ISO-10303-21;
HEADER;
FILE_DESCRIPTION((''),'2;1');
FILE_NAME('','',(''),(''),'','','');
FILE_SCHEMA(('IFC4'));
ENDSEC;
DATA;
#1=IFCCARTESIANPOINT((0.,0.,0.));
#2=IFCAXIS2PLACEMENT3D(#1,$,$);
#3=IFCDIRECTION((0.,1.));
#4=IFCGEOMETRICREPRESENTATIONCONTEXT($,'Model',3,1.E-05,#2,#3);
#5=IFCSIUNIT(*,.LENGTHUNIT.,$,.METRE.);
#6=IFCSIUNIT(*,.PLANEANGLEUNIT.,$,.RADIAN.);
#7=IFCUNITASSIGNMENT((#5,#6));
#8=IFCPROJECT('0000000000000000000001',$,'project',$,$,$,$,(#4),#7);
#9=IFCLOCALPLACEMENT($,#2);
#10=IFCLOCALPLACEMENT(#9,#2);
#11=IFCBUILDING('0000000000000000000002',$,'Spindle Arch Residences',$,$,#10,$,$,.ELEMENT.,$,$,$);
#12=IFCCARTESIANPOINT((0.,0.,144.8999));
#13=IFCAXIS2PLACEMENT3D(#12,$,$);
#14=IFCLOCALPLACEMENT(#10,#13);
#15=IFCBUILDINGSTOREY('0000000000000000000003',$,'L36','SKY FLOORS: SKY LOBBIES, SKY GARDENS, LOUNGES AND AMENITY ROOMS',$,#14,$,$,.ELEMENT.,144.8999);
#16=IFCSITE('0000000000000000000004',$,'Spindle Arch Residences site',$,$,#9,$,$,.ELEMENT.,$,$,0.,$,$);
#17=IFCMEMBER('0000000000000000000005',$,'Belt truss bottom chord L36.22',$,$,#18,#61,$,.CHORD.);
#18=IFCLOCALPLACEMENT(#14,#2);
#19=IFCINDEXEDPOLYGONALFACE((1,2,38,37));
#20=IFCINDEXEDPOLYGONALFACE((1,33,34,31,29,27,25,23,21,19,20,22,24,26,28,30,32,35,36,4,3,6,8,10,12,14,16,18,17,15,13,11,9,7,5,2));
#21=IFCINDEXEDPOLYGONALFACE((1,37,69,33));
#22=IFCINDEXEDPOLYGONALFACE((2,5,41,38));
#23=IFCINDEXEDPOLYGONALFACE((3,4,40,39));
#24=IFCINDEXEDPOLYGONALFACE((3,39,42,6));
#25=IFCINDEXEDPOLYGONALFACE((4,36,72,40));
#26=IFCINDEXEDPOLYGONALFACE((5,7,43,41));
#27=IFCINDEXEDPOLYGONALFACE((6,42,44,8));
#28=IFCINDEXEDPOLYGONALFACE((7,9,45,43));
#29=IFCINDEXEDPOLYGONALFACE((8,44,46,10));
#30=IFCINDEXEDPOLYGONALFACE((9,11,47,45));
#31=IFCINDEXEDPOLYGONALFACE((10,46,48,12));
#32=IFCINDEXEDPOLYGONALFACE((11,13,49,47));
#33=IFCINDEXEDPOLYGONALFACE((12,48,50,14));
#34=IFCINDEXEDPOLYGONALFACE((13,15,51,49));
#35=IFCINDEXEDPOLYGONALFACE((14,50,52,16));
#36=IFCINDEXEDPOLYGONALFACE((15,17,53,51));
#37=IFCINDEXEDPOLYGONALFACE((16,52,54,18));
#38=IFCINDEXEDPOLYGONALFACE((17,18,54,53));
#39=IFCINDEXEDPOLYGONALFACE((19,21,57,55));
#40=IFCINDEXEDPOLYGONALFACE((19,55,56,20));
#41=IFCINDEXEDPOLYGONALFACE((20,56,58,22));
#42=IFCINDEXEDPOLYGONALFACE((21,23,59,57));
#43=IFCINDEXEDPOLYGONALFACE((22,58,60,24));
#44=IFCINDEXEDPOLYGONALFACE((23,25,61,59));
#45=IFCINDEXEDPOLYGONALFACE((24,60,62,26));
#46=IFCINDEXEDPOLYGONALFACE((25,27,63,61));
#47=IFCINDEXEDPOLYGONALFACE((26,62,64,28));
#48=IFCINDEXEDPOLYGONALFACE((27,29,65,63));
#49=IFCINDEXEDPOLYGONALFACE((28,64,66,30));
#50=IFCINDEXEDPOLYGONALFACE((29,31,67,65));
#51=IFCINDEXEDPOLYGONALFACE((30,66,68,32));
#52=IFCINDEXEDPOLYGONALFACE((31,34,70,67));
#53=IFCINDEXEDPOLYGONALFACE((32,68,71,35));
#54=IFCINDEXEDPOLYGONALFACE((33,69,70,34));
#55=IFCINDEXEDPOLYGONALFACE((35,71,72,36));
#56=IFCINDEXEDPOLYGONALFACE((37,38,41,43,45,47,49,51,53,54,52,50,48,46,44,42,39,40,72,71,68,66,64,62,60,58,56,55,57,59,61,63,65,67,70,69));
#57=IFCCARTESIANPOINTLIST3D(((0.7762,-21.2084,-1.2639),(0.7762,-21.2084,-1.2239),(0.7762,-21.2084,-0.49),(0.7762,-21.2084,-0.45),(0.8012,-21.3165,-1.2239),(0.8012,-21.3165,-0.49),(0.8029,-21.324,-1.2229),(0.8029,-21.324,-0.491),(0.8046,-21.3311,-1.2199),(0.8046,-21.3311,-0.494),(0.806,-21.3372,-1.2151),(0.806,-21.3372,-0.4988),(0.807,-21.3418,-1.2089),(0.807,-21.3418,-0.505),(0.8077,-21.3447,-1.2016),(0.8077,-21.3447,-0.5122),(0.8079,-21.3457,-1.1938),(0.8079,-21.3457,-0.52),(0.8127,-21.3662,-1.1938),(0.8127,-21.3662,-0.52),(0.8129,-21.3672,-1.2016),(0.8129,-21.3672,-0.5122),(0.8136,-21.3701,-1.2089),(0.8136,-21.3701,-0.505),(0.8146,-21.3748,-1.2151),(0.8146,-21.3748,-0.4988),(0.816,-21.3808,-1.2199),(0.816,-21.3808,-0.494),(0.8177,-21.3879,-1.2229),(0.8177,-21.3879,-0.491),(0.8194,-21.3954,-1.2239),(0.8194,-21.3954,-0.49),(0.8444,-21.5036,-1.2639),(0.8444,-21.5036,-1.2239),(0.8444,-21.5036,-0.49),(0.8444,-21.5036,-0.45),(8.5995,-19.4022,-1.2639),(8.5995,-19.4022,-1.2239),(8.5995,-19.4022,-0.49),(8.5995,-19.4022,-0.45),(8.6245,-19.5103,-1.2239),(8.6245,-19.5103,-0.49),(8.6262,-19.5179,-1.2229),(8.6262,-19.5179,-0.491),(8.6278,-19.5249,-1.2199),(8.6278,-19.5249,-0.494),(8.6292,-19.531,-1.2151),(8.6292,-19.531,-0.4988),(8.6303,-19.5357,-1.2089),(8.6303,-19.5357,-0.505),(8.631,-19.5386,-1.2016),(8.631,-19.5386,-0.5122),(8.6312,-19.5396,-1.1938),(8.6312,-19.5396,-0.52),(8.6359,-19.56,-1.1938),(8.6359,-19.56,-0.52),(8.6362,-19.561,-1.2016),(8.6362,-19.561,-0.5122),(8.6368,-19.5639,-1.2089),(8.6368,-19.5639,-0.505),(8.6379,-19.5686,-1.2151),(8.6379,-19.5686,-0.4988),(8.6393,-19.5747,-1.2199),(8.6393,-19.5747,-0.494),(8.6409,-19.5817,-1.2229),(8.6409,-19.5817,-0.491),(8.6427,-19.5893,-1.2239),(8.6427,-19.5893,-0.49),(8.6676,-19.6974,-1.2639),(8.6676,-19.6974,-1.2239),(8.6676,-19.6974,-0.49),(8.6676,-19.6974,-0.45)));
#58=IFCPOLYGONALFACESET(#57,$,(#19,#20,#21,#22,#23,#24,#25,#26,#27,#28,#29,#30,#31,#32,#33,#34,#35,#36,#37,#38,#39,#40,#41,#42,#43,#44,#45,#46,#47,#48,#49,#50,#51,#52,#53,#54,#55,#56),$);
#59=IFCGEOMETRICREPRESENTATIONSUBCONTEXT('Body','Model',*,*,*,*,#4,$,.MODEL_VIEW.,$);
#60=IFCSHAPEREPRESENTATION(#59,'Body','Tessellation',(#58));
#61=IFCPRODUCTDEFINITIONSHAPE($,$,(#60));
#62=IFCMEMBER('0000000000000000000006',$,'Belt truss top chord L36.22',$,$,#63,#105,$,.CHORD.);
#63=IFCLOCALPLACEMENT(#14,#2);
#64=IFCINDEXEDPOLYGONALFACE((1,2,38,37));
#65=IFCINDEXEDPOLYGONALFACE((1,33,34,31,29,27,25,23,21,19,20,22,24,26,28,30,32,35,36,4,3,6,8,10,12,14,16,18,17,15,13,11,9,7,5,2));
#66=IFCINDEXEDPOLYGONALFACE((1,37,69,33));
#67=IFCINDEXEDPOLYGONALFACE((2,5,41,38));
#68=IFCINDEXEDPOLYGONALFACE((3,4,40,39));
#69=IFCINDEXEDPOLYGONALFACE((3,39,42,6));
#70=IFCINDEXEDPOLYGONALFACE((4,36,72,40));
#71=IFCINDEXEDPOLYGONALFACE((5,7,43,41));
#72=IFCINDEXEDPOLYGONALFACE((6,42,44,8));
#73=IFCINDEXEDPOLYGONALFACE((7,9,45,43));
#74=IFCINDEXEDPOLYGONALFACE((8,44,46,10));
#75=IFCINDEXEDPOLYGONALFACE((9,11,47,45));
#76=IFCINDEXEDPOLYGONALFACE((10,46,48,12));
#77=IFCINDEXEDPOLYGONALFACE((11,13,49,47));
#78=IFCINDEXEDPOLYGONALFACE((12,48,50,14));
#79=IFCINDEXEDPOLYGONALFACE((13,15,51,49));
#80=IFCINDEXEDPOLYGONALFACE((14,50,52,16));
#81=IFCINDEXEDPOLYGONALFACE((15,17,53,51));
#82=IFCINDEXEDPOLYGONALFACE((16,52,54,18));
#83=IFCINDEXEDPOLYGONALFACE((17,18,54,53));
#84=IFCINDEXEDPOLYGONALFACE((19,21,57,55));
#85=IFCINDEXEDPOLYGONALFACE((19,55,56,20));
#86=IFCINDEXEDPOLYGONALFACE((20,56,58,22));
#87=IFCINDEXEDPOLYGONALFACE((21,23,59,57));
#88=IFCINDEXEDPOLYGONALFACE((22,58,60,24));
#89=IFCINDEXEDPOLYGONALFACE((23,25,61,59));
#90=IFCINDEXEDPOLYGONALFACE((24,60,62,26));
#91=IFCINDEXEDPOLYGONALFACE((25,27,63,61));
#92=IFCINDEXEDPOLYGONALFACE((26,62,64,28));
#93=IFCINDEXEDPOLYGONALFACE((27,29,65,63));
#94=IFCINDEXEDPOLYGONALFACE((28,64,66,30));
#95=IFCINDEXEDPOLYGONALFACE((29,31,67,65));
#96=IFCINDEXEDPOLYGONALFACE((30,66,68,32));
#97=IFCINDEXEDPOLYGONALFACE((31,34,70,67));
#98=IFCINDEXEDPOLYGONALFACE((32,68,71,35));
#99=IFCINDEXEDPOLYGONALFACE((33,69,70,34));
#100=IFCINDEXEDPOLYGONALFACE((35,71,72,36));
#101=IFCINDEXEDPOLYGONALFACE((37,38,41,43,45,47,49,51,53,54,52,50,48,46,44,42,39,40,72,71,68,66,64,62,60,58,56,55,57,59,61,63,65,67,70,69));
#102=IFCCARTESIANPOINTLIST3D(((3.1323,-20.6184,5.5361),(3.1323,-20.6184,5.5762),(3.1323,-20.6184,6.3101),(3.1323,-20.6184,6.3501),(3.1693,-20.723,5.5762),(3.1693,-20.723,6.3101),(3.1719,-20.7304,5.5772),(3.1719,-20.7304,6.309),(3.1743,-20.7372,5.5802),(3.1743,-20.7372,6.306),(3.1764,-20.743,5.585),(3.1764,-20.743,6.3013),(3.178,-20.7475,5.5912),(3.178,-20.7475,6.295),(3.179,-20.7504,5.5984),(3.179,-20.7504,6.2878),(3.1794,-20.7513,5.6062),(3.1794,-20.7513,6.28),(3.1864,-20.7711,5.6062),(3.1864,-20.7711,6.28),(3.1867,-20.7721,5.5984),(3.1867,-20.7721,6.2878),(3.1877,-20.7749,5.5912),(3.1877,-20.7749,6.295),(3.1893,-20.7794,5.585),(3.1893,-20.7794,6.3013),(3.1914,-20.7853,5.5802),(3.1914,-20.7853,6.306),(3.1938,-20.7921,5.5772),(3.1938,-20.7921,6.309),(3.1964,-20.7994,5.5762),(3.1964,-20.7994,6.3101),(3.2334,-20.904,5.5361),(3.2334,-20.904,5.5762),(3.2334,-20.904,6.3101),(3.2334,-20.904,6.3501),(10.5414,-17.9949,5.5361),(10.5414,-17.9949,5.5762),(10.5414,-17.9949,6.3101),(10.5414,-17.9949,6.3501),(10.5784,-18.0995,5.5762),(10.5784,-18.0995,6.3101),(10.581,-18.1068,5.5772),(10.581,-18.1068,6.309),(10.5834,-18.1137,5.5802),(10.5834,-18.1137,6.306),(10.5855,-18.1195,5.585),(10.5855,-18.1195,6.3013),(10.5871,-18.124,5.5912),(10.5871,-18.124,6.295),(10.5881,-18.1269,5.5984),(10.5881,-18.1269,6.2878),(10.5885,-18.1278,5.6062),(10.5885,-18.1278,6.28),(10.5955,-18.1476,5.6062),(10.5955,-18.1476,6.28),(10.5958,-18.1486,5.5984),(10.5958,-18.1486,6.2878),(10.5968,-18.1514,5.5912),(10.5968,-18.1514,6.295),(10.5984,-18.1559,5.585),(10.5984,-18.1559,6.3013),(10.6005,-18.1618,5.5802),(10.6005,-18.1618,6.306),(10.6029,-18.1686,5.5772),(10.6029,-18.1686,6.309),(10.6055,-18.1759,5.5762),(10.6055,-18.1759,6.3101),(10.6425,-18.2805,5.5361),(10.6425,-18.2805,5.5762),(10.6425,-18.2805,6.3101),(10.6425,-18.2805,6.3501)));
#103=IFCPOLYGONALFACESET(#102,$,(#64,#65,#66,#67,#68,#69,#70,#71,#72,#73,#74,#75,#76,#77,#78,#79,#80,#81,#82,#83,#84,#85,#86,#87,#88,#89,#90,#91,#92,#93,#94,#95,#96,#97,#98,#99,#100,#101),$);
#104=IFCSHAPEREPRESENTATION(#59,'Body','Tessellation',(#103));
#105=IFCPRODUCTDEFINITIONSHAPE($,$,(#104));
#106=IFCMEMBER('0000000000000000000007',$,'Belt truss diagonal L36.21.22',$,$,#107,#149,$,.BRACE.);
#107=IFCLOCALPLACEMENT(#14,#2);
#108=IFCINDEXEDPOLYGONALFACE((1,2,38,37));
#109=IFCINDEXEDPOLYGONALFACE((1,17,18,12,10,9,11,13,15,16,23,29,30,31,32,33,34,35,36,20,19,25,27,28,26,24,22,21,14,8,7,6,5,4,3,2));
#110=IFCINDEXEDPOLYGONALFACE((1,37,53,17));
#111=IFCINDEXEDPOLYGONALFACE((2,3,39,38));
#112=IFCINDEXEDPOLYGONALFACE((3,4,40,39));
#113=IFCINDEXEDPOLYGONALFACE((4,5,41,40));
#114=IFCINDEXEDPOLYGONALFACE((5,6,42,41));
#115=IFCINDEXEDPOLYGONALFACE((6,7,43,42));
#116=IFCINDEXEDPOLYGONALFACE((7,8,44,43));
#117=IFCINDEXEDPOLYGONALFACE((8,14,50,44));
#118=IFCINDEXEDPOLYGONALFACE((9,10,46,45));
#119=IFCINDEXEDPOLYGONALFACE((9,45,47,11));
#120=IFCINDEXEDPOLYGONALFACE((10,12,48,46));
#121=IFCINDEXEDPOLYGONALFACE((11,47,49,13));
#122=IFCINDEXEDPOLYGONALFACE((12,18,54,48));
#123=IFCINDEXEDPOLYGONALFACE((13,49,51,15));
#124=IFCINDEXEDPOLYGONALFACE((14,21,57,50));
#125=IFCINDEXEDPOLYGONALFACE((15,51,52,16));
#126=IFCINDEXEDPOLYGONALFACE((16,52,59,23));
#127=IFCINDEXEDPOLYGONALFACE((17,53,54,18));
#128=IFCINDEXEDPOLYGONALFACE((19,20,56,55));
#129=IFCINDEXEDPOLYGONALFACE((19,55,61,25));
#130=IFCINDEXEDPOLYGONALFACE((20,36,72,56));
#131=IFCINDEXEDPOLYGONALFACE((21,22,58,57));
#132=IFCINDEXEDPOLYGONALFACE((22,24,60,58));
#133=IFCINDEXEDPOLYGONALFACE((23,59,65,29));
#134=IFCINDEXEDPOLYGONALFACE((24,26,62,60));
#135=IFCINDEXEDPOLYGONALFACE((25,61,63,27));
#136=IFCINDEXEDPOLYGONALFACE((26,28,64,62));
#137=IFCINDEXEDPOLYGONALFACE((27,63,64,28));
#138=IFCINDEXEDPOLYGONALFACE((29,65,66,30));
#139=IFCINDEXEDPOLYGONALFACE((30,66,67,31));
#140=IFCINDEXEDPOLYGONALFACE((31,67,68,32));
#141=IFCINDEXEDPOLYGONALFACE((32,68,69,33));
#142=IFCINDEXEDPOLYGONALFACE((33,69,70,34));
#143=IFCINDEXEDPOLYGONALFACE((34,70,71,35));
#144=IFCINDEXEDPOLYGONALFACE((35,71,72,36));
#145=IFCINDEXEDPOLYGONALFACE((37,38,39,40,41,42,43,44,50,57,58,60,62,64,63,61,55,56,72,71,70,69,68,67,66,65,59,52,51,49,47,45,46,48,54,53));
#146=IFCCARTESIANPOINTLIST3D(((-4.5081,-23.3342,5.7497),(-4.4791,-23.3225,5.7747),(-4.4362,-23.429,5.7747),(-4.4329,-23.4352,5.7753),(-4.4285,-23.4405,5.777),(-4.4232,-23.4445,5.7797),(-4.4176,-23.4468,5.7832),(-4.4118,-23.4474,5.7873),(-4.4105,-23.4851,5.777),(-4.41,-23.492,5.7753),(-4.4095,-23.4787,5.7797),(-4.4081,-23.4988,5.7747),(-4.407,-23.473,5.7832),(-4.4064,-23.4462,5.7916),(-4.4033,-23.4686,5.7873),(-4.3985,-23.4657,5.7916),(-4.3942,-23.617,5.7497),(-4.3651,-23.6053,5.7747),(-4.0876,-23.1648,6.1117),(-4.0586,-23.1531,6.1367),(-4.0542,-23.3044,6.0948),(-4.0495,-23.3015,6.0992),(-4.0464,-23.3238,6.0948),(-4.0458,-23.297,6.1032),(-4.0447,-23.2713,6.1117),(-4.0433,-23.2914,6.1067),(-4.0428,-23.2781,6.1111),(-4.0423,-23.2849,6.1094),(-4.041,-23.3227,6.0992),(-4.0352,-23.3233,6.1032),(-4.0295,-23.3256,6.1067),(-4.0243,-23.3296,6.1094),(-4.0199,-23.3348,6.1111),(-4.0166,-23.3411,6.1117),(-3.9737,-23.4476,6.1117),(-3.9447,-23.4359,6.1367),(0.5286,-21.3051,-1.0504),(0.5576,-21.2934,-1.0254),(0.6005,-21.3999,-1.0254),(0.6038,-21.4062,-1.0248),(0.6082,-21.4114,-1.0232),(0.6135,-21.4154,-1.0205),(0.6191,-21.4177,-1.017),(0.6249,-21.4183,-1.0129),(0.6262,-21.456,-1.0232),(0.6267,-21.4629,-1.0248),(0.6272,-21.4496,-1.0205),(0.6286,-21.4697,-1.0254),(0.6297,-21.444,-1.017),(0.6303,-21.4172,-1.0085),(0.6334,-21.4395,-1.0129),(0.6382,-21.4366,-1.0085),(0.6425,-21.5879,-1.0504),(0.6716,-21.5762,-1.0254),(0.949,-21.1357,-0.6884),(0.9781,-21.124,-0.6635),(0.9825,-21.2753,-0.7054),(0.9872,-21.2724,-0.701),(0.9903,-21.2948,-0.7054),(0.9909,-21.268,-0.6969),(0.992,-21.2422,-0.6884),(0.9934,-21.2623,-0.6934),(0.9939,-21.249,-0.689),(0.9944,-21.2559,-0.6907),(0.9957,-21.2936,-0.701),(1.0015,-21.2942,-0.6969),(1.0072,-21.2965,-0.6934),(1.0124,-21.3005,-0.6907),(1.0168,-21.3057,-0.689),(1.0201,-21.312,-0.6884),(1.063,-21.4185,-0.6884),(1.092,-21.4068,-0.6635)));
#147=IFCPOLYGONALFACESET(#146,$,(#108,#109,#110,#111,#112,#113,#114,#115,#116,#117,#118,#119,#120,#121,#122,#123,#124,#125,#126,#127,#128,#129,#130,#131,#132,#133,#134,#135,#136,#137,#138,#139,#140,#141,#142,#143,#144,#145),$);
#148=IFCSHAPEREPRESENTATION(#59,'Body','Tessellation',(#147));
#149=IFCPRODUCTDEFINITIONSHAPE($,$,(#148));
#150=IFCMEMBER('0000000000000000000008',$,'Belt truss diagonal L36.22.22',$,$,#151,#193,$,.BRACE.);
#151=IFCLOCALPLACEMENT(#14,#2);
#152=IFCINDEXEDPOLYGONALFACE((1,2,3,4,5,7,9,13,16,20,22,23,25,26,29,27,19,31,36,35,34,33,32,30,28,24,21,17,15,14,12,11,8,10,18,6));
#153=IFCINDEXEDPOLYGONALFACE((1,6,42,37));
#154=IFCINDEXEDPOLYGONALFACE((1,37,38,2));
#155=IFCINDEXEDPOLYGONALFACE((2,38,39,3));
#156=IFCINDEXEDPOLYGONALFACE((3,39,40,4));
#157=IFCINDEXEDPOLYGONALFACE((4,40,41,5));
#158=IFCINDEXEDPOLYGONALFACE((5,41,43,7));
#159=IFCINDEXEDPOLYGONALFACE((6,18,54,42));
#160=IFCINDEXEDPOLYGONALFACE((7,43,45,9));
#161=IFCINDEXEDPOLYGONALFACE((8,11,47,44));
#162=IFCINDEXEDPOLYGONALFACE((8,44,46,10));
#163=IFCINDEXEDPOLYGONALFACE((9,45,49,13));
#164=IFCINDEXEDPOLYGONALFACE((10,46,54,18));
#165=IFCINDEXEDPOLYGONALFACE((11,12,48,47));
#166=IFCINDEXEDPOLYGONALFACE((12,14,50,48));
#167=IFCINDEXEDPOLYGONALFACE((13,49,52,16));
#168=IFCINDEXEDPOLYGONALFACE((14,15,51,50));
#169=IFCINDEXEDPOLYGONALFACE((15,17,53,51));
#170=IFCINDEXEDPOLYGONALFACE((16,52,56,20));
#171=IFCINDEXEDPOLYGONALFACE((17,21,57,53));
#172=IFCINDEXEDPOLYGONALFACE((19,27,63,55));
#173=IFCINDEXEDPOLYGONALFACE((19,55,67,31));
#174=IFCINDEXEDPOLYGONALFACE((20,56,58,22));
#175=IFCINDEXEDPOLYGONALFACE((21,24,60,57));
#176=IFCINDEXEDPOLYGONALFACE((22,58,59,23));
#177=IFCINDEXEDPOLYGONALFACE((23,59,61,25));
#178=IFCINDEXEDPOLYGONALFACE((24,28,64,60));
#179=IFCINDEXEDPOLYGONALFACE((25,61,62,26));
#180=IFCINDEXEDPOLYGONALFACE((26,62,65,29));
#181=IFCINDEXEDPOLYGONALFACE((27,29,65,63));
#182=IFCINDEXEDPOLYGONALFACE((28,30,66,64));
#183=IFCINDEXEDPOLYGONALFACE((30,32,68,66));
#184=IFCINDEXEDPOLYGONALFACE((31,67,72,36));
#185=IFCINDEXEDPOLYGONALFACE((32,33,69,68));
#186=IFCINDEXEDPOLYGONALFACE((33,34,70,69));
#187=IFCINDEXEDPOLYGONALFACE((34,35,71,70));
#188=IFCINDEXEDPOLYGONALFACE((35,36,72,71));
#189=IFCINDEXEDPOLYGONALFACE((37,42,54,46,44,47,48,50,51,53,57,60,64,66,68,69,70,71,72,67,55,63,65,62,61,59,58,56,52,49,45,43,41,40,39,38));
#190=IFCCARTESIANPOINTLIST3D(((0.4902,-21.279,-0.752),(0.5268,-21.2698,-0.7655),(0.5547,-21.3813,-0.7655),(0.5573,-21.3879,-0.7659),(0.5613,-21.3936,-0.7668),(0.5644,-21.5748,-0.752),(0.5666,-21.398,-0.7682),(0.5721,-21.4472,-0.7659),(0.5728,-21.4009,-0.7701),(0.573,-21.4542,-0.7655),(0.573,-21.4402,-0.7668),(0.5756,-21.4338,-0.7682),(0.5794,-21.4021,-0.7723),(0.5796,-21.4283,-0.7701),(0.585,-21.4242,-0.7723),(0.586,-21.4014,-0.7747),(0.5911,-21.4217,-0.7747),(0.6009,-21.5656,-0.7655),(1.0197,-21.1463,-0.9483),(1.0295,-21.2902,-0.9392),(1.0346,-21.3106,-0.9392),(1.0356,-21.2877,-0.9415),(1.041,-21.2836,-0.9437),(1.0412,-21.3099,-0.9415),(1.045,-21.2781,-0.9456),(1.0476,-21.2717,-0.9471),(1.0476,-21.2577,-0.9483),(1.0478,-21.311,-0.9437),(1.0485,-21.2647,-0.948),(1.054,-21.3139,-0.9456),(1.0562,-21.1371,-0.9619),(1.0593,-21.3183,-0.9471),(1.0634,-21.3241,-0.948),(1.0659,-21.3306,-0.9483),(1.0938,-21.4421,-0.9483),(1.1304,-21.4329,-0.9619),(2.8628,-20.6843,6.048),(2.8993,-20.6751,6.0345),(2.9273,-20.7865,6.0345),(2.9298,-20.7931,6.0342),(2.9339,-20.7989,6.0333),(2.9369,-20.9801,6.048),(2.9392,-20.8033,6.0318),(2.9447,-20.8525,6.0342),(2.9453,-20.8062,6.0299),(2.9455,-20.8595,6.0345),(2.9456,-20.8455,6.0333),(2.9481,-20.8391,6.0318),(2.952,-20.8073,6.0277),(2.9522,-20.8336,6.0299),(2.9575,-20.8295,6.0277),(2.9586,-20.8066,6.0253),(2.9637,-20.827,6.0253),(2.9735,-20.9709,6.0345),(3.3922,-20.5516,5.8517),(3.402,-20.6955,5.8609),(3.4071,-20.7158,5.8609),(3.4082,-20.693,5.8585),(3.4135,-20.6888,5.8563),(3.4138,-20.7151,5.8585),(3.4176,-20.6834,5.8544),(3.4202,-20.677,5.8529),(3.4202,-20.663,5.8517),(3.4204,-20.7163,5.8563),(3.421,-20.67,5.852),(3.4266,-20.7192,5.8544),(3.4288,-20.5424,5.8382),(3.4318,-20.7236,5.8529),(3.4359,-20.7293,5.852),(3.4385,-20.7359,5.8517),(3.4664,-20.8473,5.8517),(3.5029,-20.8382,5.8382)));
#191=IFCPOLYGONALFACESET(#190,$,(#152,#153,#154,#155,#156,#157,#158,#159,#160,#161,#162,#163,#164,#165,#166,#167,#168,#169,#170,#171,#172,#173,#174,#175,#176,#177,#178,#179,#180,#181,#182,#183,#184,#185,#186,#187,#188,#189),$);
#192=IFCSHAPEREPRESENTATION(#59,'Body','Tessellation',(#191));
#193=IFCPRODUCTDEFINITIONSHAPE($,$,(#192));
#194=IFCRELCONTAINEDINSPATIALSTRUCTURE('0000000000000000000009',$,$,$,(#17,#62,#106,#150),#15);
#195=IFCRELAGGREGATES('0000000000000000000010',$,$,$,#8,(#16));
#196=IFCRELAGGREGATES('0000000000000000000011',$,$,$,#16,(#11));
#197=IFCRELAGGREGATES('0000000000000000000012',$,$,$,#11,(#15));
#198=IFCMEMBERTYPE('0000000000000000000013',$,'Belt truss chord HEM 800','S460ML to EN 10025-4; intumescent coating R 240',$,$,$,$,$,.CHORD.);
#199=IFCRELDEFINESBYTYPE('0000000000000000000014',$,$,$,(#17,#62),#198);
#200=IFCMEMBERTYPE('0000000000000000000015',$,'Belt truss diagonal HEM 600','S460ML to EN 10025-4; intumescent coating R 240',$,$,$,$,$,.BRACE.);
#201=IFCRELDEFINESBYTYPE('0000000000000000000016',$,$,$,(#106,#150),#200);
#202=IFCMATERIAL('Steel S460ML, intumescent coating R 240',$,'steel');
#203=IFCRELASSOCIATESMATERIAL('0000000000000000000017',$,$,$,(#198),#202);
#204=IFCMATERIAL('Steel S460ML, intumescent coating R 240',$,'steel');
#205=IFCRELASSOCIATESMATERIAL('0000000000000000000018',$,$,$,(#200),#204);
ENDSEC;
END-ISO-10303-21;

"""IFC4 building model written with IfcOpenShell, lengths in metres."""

from ifc_helpers import new_model, si_unit, direction, frame, origin, origin_2d, place, context, subcontext, project, spatial, i_section, extrude, material, material_profile, profile_set, type_object, element, save


model = new_model("IFC4")

# Units and contexts
model_context = context("Model", 3, precision=1e-05, world=origin(), true_north=direction((0.0, 1.0)))
body_context = subcontext(model_context, "Body", "Model", "MODEL_VIEW")
ifc_project = project(units=[si_unit("LENGTHUNIT", "METRE"), si_unit("PLANEANGLEUNIT", "RADIAN")], contexts=[model_context])

# Site, building, storey
site_placement = place(None, origin())
site = spatial("IfcSite", under=ifc_project, at=site_placement, Name="Spindle Arch Residences site", CompositionType="ELEMENT", RefElevation=0.0)
building_placement = place(site_placement, origin())
building = spatial("IfcBuilding", under=site, at=building_placement, Name="Spindle Arch Residences", CompositionType="ELEMENT")
storey_placement = place(building_placement, frame((0.0, 0.0, 144.8999)))
storey = spatial("IfcBuildingStorey", under=building, at=storey_placement, Name="L36", Description="SKY FLOORS: SKY LOBBIES, SKY GARDENS, LOUNGES AND AMENITY ROOMS", CompositionType="ELEMENT", Elevation=144.8999)

# Members
ifc_material_1 = material(Name="Steel S460ML, intumescent coating R 240", Category="steel")
ifc_material_profile_1 = material_profile(ifc_material_1, i_section(OverallWidth=0.303, OverallDepth=0.814, WebThickness=0.021, FlangeThickness=0.04, FilletRadius=0.03, at=origin_2d()), Name="HEM 800")
ifc_profile_set_1 = profile_set([ifc_material_profile_1], Name="Steel S460ML, intumescent coating R 240")
member_type_1 = type_object("IfcMemberType", Name="Belt truss chord HEM 800", Description="S460ML to EN 10025-4; intumescent coating R 240", PredefinedType="CHORD", material=ifc_profile_set_1)
member_1_placement = place(storey_placement, frame((0.8103, -21.356, -0.8569), z_axis=(0.97437, 0.224953, 0.0), x_axis=(-0.224953, 0.97437, 0.0)))
element("IfcMember", 1, at=member_1_placement, inside=storey, type_object=member_type_1, Name="Belt truss bottom chord L36.22", PredefinedType="CHORD", context=body_context, shape_type="SweptSolid", body=[
    extrude(i_section(OverallWidth=0.303, OverallDepth=0.814, WebThickness=0.021, FlangeThickness=0.04, FilletRadius=0.03, at=origin_2d()), origin(), (0.0, 0.0, 1.0), 8.0291),
])
member_2_placement = place(storey_placement, frame((3.1829, -20.7612, 5.9431), z_axis=(0.942649, 0.333785, 0.0), x_axis=(-0.333785, 0.942649, 0.0)))
element("IfcMember", 2, at=member_2_placement, inside=storey, type_object=member_type_1, Name="Belt truss top chord L36.22", PredefinedType="CHORD", context=body_context, shape_type="SweptSolid", body=[
    extrude(i_section(OverallWidth=0.303, OverallDepth=0.814, WebThickness=0.021, FlangeThickness=0.04, FilletRadius=0.03, at=origin_2d()), origin(), (0.0, 0.0, 1.0), 7.8599),
])
ifc_material_2 = material(Name="Steel S460ML, intumescent coating R 240", Category="steel")
ifc_material_profile_2 = material_profile(ifc_material_2, i_section(OverallWidth=0.3049, OverallDepth=0.6201, WebThickness=0.021, FlangeThickness=0.04, FilletRadius=0.0271, at=origin_2d()), Name="HEM 600")
ifc_profile_set_2 = profile_set([ifc_material_profile_2], Name="Steel S460ML, intumescent coating R 240")
member_type_2 = type_object("IfcMemberType", Name="Belt truss diagonal HEM 600", Description="S460ML to EN 10025-4; intumescent coating R 240", PredefinedType="BRACE", material=ifc_profile_set_2)
member_3_placement = place(storey_placement, frame((0.8103, -21.356, -0.8569), z_axis=(-0.578787, -0.23317, 0.781433), x_axis=(0.373676, -0.927559, 0.0)))
element("IfcMember", 3, at=member_3_placement, inside=storey, type_object=member_type_2, Name="Belt truss diagonal L36.21.22", PredefinedType="BRACE", context=body_context, shape_type="SweptSolid", body=[
    extrude(i_section(OverallWidth=0.3049, OverallDepth=0.6201, WebThickness=0.021, FlangeThickness=0.04, FilletRadius=0.0271, at=origin_2d()), origin(), (0.0, 0.0, 1.0), 8.7021),
])
member_4_placement = place(storey_placement, frame((0.8103, -21.356, -0.8569), z_axis=(0.32831, 0.082297, 0.940978), x_axis=(-0.243146, 0.96999, 0.0)))
element("IfcMember", 4, at=member_4_placement, inside=storey, type_object=member_type_2, Name="Belt truss diagonal L36.22.22", PredefinedType="BRACE", context=body_context, shape_type="SweptSolid", body=[
    extrude(i_section(OverallWidth=0.3049, OverallDepth=0.6201, WebThickness=0.021, FlangeThickness=0.04, FilletRadius=0.0271, at=origin_2d()), origin(), (0.0, 0.0, 1.0), 7.2266),
])

save(model, "model.ifc")
